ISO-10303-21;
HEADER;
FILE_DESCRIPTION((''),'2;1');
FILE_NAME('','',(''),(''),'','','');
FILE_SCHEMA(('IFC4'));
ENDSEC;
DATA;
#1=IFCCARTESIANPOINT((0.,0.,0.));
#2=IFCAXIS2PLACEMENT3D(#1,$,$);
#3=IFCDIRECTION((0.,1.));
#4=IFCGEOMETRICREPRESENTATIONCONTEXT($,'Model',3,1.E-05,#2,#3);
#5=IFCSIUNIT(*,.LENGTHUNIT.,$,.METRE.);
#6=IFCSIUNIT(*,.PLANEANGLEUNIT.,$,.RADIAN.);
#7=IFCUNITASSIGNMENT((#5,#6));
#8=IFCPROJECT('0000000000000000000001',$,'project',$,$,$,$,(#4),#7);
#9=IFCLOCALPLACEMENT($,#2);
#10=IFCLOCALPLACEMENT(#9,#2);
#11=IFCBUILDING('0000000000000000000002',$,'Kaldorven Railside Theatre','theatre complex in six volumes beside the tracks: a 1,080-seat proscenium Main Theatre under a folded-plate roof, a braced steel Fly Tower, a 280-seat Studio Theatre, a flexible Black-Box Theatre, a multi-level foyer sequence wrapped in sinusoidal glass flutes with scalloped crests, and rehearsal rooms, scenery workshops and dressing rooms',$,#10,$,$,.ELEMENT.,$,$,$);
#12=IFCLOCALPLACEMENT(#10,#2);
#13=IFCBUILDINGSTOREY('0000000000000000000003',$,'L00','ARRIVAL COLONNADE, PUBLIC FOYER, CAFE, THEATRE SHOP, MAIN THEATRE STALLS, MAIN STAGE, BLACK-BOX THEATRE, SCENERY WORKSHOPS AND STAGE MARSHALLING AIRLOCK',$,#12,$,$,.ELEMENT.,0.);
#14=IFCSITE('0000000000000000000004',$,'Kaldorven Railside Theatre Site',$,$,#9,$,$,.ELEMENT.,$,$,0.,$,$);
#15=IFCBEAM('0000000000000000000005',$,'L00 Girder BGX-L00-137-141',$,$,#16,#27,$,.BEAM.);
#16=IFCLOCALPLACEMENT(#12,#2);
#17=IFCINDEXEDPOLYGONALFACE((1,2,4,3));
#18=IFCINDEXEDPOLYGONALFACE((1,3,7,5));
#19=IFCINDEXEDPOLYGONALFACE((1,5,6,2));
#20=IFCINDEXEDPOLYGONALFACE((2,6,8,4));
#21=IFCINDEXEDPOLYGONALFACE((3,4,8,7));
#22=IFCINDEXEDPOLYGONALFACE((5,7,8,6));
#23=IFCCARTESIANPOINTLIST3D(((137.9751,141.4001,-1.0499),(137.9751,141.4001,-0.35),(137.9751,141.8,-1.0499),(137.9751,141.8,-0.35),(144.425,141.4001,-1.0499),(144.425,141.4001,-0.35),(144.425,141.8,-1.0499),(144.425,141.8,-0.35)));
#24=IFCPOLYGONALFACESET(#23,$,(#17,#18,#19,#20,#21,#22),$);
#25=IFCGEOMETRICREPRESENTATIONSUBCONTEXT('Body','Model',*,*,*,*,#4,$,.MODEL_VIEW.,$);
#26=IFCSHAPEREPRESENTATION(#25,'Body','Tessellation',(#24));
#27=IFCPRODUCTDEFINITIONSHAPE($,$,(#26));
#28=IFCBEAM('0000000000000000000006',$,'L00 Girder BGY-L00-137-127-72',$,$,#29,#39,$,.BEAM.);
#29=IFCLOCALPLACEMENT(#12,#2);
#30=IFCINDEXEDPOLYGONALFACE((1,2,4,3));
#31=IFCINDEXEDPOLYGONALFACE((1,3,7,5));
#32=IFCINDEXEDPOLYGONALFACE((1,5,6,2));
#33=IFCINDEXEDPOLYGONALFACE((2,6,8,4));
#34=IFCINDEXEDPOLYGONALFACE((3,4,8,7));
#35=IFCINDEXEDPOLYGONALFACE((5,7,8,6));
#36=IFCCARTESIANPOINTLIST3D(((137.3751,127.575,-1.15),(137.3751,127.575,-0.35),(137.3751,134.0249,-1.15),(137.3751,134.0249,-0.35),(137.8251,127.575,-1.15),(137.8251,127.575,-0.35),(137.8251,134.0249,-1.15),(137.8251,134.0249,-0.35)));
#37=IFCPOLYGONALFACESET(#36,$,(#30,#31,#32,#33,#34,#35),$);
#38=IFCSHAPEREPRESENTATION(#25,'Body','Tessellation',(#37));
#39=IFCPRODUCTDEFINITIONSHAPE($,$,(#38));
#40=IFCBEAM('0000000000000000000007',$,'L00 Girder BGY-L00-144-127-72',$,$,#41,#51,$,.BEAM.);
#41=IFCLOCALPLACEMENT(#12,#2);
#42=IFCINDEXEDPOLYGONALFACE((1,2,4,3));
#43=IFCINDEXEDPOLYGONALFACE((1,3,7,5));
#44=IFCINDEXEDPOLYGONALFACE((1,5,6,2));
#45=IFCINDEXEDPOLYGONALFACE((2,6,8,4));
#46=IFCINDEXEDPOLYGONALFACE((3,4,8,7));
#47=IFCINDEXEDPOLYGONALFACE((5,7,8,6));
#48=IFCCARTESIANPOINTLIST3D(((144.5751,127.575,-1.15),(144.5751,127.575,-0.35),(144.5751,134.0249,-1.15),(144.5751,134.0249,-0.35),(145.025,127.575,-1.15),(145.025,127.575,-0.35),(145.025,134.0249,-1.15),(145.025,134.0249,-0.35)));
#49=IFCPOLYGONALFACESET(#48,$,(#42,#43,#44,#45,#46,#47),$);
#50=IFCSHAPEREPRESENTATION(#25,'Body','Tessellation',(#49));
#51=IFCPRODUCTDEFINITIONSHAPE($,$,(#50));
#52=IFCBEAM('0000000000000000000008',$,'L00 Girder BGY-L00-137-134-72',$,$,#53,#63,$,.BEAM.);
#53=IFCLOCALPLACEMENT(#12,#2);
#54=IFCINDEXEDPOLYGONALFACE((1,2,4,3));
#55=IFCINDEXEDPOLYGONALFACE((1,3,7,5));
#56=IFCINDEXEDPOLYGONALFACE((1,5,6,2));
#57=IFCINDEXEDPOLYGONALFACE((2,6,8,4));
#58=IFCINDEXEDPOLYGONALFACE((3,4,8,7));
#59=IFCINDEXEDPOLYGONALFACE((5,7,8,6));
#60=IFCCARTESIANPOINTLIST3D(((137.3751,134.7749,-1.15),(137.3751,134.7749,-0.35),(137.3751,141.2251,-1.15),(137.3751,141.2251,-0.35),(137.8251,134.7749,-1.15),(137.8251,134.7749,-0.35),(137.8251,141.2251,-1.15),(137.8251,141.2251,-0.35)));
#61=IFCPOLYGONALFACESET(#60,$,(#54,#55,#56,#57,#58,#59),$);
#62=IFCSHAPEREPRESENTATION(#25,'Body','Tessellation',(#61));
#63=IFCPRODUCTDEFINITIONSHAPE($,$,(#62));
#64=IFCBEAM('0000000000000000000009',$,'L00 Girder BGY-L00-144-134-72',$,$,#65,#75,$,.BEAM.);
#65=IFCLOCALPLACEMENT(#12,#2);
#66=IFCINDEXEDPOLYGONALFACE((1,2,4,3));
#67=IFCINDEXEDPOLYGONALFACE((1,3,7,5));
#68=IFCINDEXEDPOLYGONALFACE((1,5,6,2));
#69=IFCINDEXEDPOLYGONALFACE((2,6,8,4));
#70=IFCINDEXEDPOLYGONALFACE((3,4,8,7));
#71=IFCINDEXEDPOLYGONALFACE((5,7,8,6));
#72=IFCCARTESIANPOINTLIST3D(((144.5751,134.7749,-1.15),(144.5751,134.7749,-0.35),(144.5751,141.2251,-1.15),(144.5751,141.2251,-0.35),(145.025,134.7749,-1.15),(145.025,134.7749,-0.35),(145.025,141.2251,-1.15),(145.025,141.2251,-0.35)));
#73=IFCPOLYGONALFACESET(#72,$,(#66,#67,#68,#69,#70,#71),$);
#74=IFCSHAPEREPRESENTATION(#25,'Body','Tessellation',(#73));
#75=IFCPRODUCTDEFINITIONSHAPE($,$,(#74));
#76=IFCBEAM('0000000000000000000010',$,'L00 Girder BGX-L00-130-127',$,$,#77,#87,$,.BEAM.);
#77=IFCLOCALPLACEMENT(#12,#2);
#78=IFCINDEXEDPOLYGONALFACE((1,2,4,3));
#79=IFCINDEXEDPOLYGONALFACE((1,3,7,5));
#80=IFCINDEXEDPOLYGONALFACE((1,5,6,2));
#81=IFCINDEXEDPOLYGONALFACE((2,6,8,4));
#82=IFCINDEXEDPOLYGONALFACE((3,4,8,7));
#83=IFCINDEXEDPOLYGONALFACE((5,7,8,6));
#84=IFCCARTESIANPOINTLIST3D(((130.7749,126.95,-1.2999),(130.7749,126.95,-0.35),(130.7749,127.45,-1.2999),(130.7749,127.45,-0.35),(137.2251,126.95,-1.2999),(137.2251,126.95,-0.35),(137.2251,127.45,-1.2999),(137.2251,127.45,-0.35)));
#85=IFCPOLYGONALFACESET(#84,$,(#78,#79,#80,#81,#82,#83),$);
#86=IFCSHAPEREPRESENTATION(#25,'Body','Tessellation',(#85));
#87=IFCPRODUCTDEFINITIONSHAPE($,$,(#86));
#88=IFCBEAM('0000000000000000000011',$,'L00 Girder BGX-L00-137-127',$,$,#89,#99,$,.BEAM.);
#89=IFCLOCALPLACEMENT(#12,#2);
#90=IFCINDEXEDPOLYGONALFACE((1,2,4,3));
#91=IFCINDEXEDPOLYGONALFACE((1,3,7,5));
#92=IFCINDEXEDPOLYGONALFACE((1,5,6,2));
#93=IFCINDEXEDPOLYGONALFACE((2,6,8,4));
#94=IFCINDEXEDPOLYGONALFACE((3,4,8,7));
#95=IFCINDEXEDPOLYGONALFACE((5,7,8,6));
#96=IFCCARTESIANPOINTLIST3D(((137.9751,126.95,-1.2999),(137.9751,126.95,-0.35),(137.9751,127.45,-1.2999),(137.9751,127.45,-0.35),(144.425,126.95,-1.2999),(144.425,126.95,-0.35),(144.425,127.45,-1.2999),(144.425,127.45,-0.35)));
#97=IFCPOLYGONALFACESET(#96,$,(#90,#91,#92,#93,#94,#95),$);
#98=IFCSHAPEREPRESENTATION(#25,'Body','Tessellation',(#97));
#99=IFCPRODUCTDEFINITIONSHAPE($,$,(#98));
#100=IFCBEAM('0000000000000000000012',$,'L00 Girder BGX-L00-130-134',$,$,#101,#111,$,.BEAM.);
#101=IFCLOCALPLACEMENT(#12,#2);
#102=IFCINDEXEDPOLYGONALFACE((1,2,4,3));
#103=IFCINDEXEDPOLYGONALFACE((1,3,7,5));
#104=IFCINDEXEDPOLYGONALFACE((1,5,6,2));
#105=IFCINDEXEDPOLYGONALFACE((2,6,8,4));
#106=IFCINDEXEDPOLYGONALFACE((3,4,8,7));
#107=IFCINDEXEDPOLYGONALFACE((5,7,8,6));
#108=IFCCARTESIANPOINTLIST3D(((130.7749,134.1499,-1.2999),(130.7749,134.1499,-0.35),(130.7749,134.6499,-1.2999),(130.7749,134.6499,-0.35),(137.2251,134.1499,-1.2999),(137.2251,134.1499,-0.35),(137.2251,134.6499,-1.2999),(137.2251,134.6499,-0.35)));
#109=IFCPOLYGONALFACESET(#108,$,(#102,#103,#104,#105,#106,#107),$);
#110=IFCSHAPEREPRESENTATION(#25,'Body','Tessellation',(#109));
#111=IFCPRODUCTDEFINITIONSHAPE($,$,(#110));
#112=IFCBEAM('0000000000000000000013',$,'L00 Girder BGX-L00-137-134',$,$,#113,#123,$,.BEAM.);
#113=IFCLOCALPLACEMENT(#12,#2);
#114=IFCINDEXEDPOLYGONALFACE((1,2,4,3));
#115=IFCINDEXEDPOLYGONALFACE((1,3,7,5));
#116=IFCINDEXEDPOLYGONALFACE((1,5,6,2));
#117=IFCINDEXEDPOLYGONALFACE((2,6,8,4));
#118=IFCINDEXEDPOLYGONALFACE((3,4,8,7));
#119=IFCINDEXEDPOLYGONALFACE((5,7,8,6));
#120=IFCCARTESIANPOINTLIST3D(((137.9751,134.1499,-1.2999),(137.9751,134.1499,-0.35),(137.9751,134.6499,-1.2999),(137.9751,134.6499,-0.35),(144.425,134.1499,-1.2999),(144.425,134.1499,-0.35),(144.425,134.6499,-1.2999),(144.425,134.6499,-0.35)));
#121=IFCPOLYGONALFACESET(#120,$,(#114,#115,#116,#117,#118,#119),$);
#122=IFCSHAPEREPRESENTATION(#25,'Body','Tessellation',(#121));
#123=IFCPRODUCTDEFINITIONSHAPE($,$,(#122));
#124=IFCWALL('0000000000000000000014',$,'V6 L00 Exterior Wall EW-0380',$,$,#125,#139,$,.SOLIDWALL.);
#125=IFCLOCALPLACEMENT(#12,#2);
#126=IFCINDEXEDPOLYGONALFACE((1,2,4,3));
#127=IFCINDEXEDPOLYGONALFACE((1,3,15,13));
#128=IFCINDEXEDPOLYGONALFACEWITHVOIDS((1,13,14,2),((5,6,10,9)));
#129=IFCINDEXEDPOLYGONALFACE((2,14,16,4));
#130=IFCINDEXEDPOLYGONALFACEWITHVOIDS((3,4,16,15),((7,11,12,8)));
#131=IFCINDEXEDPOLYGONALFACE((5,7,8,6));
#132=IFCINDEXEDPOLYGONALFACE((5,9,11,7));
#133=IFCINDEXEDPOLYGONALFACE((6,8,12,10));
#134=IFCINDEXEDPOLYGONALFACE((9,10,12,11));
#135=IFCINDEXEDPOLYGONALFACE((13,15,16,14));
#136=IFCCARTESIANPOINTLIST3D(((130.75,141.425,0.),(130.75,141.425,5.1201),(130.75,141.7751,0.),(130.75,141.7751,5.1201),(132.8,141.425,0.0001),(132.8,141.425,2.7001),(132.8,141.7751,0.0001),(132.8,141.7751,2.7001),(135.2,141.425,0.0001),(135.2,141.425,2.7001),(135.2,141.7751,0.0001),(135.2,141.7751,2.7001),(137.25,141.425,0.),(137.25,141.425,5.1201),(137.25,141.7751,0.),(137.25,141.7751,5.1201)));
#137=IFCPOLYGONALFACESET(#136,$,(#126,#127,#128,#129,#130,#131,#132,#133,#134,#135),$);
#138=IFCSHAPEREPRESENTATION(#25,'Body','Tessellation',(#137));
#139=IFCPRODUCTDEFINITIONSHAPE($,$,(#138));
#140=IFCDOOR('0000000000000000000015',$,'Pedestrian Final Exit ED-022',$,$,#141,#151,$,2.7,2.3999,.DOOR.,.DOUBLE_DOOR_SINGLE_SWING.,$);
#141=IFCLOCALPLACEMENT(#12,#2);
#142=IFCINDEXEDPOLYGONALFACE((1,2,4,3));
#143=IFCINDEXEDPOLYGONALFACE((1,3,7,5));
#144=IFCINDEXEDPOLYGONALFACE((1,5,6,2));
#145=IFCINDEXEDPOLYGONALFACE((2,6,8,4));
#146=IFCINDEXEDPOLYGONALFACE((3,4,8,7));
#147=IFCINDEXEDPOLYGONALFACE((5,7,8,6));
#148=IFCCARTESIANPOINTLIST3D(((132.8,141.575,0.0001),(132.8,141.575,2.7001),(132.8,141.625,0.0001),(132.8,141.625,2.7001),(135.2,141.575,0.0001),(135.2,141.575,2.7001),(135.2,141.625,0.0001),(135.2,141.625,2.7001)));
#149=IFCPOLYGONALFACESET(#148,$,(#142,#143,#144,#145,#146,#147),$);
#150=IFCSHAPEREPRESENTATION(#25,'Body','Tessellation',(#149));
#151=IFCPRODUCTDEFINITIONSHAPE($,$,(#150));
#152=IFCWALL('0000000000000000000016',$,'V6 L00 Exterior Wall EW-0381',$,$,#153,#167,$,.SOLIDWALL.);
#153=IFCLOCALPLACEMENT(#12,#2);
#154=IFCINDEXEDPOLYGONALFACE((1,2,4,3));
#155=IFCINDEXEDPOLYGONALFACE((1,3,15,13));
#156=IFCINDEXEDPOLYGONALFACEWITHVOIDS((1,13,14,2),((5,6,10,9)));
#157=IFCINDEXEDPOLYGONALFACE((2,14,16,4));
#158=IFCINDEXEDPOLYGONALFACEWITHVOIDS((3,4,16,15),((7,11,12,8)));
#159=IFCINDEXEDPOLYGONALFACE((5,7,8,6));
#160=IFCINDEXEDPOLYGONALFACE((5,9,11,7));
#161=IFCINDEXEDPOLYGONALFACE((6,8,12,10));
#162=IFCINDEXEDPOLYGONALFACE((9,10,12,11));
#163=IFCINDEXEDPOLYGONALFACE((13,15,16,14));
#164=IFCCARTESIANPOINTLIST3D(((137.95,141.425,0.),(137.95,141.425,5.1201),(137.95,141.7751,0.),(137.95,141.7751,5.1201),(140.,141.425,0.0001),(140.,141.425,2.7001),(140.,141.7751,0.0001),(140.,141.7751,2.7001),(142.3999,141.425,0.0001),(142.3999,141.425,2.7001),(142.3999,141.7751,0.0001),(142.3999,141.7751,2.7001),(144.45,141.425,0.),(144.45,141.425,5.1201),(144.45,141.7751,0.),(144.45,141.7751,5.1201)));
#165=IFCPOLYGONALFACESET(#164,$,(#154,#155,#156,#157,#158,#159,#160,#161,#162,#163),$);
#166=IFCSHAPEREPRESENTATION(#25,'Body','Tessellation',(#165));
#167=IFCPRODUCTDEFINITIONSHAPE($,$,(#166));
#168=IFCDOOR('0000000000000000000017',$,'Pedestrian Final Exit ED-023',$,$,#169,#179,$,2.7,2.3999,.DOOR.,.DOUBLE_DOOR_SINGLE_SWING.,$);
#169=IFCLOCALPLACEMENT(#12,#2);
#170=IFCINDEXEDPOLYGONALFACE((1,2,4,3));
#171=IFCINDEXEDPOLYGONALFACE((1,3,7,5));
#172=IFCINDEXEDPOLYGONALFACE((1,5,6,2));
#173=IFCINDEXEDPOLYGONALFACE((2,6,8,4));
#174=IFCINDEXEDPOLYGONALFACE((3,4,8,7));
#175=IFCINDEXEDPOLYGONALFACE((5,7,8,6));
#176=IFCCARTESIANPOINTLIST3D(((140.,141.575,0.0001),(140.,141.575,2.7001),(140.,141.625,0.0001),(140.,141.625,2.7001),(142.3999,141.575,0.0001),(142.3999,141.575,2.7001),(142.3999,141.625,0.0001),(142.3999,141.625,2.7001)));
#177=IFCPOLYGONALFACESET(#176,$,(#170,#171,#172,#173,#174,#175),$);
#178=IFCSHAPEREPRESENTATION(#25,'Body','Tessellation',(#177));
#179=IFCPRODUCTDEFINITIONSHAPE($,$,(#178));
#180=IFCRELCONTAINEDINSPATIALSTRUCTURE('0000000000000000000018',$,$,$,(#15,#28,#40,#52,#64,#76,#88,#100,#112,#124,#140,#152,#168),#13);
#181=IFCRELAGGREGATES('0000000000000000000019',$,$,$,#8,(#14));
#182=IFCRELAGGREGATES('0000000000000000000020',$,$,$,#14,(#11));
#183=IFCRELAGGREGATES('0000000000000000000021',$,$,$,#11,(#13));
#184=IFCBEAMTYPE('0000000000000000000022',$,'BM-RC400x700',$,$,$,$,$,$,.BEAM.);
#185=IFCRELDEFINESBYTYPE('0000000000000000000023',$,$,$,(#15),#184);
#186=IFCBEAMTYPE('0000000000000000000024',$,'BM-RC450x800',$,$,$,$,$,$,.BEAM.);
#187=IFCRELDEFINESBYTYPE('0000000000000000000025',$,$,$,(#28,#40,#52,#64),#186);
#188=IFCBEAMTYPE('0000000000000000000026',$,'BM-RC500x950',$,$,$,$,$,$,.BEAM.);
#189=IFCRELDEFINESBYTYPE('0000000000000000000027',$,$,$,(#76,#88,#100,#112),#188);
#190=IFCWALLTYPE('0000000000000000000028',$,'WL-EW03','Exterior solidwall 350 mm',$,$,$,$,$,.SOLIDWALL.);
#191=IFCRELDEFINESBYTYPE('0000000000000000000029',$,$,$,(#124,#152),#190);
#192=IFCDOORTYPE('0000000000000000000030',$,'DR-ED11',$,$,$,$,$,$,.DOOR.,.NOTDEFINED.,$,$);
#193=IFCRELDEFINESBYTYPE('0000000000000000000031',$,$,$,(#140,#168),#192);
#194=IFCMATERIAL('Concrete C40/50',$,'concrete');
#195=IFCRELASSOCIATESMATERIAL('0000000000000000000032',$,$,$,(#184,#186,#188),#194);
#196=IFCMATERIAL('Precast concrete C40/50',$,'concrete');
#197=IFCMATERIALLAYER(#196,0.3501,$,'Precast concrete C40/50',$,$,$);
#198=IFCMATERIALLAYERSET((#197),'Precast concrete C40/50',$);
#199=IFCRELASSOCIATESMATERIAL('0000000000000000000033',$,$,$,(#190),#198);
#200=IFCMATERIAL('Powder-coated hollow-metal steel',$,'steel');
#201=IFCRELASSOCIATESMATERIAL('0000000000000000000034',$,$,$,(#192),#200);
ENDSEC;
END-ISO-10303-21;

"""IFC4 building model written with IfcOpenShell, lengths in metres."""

from ifc_helpers import new_model, si_unit, direction, frame, frame_2d, origin, origin_2d, place, context, subcontext, project, spatial, rectangle, extrude, material, layer, layer_set, material_profile, profile_set, type_object, element, fill, save


model = new_model("IFC4")

# Units and contexts
model_context = context("Model", 3, precision=1e-05, world=origin(), true_north=direction((0.0, 1.0)))
body_context = subcontext(model_context, "Body", "Model", "MODEL_VIEW")
ifc_project = project(units=[si_unit("LENGTHUNIT", "METRE"), si_unit("PLANEANGLEUNIT", "RADIAN")], contexts=[model_context])

# Site, building, storey
site_placement = place(None, origin())
site = spatial("IfcSite", under=ifc_project, at=site_placement, Name="Kaldorven Railside Theatre Site", CompositionType="ELEMENT", RefElevation=0.0)
building_placement = place(site_placement, origin())
building = spatial("IfcBuilding", under=site, at=building_placement, Name="Kaldorven Railside Theatre", Description="theatre complex in six volumes beside the tracks: a 1,080-seat proscenium Main Theatre under a folded-plate roof, a braced steel Fly Tower, a 280-seat Studio Theatre, a flexible Black-Box Theatre, a multi-level foyer sequence wrapped in sinusoidal glass flutes with scalloped crests, and rehearsal rooms, scenery workshops and dressing rooms", CompositionType="ELEMENT")
storey_placement = place(building_placement, origin())
storey = spatial("IfcBuildingStorey", under=building, at=storey_placement, Name="L00", Description="ARRIVAL COLONNADE, PUBLIC FOYER, CAFE, THEATRE SHOP, MAIN THEATRE STALLS, MAIN STAGE, BLACK-BOX THEATRE, SCENERY WORKSHOPS AND STAGE MARSHALLING AIRLOCK", CompositionType="ELEMENT", Elevation=0.0)

# Shared definitions
ifc_material_1 = material(Name="Concrete C40/50", Category="concrete")

# Beams
ifc_material_profile_1 = material_profile(ifc_material_1, rectangle(XDim=0.3999, YDim=0.7, at=origin_2d()), Name="RC 400x700")
ifc_profile_set_1 = profile_set([ifc_material_profile_1], Name="Concrete C40/50")
beam_type_1 = type_object("IfcBeamType", Name="BM-RC400x700", PredefinedType="BEAM", material=ifc_profile_set_1)
beam_1_placement = place(storey_placement, frame((137.9751, 141.6001, -0.7), z_axis=(1.0, 0.0, 0.0), x_axis=(0.0, 1.0, 0.0)))
element("IfcBeam", 1, at=beam_1_placement, inside=storey, type_object=beam_type_1, Name="L00 Girder BGX-L00-137-141", PredefinedType="BEAM", context=body_context, shape_type="SweptSolid", body=[
    extrude(rectangle(XDim=0.3999, YDim=0.7, at=origin_2d()), origin(), (0.0, 0.0, 1.0), 6.45),
])
ifc_material_profile_2 = material_profile(ifc_material_1, rectangle(XDim=0.45, YDim=0.8, at=origin_2d()), Name="RC 450x800")
ifc_profile_set_2 = profile_set([ifc_material_profile_2], Name="Concrete C40/50")
beam_type_2 = type_object("IfcBeamType", Name="BM-RC450x800", PredefinedType="BEAM", material=ifc_profile_set_2)
for number, where, z_axis, x_axis, name in (
    (2, (137.6001, 127.575, -0.75), (0.0, 1.0, 0.0), (-1.0, 0.0, 0.0), "L00 Girder BGY-L00-137-127-72"),
    (3, (144.8, 127.575, -0.75), (0.0, 1.0, 0.0), (-1.0, 0.0, 0.0), "L00 Girder BGY-L00-144-127-72"),
):
    element("IfcBeam", number, at=place(storey_placement, frame(where, z_axis=z_axis, x_axis=x_axis)), inside=storey, type_object=beam_type_2, Name=name, PredefinedType="BEAM", context=body_context, shape_type="SweptSolid", body=[
        extrude(rectangle(XDim=0.45, YDim=0.8, at=origin_2d()), origin(), (0.0, 0.0, 1.0), 6.45),
    ])
for number, where, z_axis, x_axis, name in (
    (4, (137.6001, 134.7749, -0.75), (0.0, 1.0, 0.0), (-1.0, 0.0, 0.0), "L00 Girder BGY-L00-137-134-72"),
    (5, (144.8, 134.7749, -0.75), (0.0, 1.0, 0.0), (-1.0, 0.0, 0.0), "L00 Girder BGY-L00-144-134-72"),
):
    element("IfcBeam", number, at=place(storey_placement, frame(where, z_axis=z_axis, x_axis=x_axis)), inside=storey, type_object=beam_type_2, Name=name, PredefinedType="BEAM", context=body_context, shape_type="SweptSolid", body=[
        extrude(rectangle(XDim=0.45, YDim=0.8, at=origin_2d()), origin(), (0.0, 0.0, 1.0), 6.4502),
    ])
ifc_material_profile_3 = material_profile(ifc_material_1, rectangle(XDim=0.5, YDim=0.95, at=origin_2d()), Name="RC 500x950")
ifc_profile_set_3 = profile_set([ifc_material_profile_3], Name="Concrete C40/50")
beam_type_3 = type_object("IfcBeamType", Name="BM-RC500x950", PredefinedType="BEAM", material=ifc_profile_set_3)
beam_2_placement = place(storey_placement, frame((130.7749, 127.2, -0.825), z_axis=(1.0, 0.0, 0.0), x_axis=(0.0, 1.0, 0.0)))
element("IfcBeam", 6, at=beam_2_placement, inside=storey, type_object=beam_type_3, Name="L00 Girder BGX-L00-130-127", PredefinedType="BEAM", context=body_context, shape_type="SweptSolid", body=[
    extrude(rectangle(XDim=0.5, YDim=0.95, at=origin_2d()), origin(), (0.0, 0.0, 1.0), 6.4502),
])
beam_3_placement = place(storey_placement, frame((137.9751, 127.2, -0.825), z_axis=(1.0, 0.0, 0.0), x_axis=(0.0, 1.0, 0.0)))
element("IfcBeam", 7, at=beam_3_placement, inside=storey, type_object=beam_type_3, Name="L00 Girder BGX-L00-137-127", PredefinedType="BEAM", context=body_context, shape_type="SweptSolid", body=[
    extrude(rectangle(XDim=0.5, YDim=0.95, at=origin_2d()), origin(), (0.0, 0.0, 1.0), 6.45),
])
beam_4_placement = place(storey_placement, frame((130.7749, 134.3999, -0.825), z_axis=(1.0, 0.0, 0.0), x_axis=(0.0, 1.0, 0.0)))
element("IfcBeam", 8, at=beam_4_placement, inside=storey, type_object=beam_type_3, Name="L00 Girder BGX-L00-130-134", PredefinedType="BEAM", context=body_context, shape_type="SweptSolid", body=[
    extrude(rectangle(XDim=0.5, YDim=0.95, at=origin_2d()), origin(), (0.0, 0.0, 1.0), 6.4502),
])
beam_5_placement = place(storey_placement, frame((137.9751, 134.3999, -0.825), z_axis=(1.0, 0.0, 0.0), x_axis=(0.0, 1.0, 0.0)))
element("IfcBeam", 9, at=beam_5_placement, inside=storey, type_object=beam_type_3, Name="L00 Girder BGX-L00-137-134", PredefinedType="BEAM", context=body_context, shape_type="SweptSolid", body=[
    extrude(rectangle(XDim=0.5, YDim=0.95, at=origin_2d()), origin(), (0.0, 0.0, 1.0), 6.45),
])

# Walls, openings, doors
ifc_material_2 = material(Name="Precast concrete C40/50", Category="concrete")
ifc_layer_1 = layer(ifc_material_2, 0.3501, Name="Precast concrete C40/50")
ifc_layer_set_1 = layer_set([ifc_layer_1], Name="Precast concrete C40/50")
wall_type_1 = type_object("IfcWallType", Name="WL-EW03", Description="Exterior solidwall 350 mm", PredefinedType="SOLIDWALL", material=ifc_layer_set_1)
wall_1_placement = place(storey_placement, frame((130.75, 141.6001, 0.0), z_axis=(0.0, 0.0, 1.0), x_axis=(1.0, 0.0, 0.0)))
wall_1 = element("IfcWall", 10, at=wall_1_placement, inside=storey, type_object=wall_type_1, Name="V6 L00 Exterior Wall EW-0380", PredefinedType="SOLIDWALL", context=body_context, shape_type="SweptSolid", body=[
    extrude(rectangle(XDim=6.5, YDim=0.3501, at=frame_2d((3.25, 0.0))), origin(), (0.0, 0.0, 1.0), 5.1201),
])
opening_1_placement = place(wall_1_placement, frame((2.05, 0.0, 0.0)))
opening_1 = element("IfcOpeningElement", 11, at=opening_1_placement, cuts=wall_1, PredefinedType="OPENING", context=body_context, shape_type="SweptSolid", body=[
    extrude(rectangle(XDim=2.3999, YDim=2.7, at=frame_2d((1.2, 1.3501))), frame((0.0, 0.1851, 0.0), z_axis=(0.0, -1.0, 0.0), x_axis=(1.0, 0.0, 0.0)), (0.0, 0.0, 1.0), 0.3701),
])
ifc_material_3 = material(Name="Powder-coated hollow-metal steel", Category="steel")
door_type_1 = type_object("IfcDoorType", Name="DR-ED11", OperationType="NOTDEFINED", PredefinedType="DOOR", material=ifc_material_3)
door_1_placement = place(opening_1_placement, origin())
door_1 = element("IfcDoor", 12, at=door_1_placement, inside=storey, type_object=door_type_1, Name="Pedestrian Final Exit ED-022", OperationType="DOUBLE_DOOR_SINGLE_SWING", OverallHeight=2.7, OverallWidth=2.3999, PredefinedType="DOOR", context=body_context, shape_type="SweptSolid", body=[
    extrude(rectangle(XDim=2.3999, YDim=2.7, at=frame_2d((1.2, 1.3501))), frame((0.0, 0.0249, 0.0), z_axis=(0.0, -1.0, 0.0), x_axis=(1.0, 0.0, 0.0)), (0.0, 0.0, 1.0), 0.05),
])
fill(opening_1, door_1)
wall_2_placement = place(storey_placement, frame((137.95, 141.6001, 0.0), z_axis=(0.0, 0.0, 1.0), x_axis=(1.0, 0.0, 0.0)))
wall_2 = element("IfcWall", 13, at=wall_2_placement, inside=storey, type_object=wall_type_1, Name="V6 L00 Exterior Wall EW-0381", PredefinedType="SOLIDWALL", context=body_context, shape_type="SweptSolid", body=[
    extrude(rectangle(XDim=6.5, YDim=0.3501, at=frame_2d((3.25, 0.0))), origin(), (0.0, 0.0, 1.0), 5.1201),
])
opening_2_placement = place(wall_2_placement, frame((2.05, 0.0, 0.0)))
opening_2 = element("IfcOpeningElement", 14, at=opening_2_placement, cuts=wall_2, PredefinedType="OPENING", context=body_context, shape_type="SweptSolid", body=[
    extrude(rectangle(XDim=2.3999, YDim=2.7, at=frame_2d((1.2, 1.3501))), frame((0.0, 0.1851, 0.0), z_axis=(0.0, -1.0, 0.0), x_axis=(1.0, 0.0, 0.0)), (0.0, 0.0, 1.0), 0.3701),
])
door_2_placement = place(opening_2_placement, origin())
door_2 = element("IfcDoor", 15, at=door_2_placement, inside=storey, type_object=door_type_1, Name="Pedestrian Final Exit ED-023", OperationType="DOUBLE_DOOR_SINGLE_SWING", OverallHeight=2.7, OverallWidth=2.3999, PredefinedType="DOOR", context=body_context, shape_type="SweptSolid", body=[
    extrude(rectangle(XDim=2.3999, YDim=2.7, at=frame_2d((1.2, 1.3501))), frame((0.0, 0.0249, 0.0), z_axis=(0.0, -1.0, 0.0), x_axis=(1.0, 0.0, 0.0)), (0.0, 0.0, 1.0), 0.05),
])
fill(opening_2, door_2)

save(model, "model.ifc")
